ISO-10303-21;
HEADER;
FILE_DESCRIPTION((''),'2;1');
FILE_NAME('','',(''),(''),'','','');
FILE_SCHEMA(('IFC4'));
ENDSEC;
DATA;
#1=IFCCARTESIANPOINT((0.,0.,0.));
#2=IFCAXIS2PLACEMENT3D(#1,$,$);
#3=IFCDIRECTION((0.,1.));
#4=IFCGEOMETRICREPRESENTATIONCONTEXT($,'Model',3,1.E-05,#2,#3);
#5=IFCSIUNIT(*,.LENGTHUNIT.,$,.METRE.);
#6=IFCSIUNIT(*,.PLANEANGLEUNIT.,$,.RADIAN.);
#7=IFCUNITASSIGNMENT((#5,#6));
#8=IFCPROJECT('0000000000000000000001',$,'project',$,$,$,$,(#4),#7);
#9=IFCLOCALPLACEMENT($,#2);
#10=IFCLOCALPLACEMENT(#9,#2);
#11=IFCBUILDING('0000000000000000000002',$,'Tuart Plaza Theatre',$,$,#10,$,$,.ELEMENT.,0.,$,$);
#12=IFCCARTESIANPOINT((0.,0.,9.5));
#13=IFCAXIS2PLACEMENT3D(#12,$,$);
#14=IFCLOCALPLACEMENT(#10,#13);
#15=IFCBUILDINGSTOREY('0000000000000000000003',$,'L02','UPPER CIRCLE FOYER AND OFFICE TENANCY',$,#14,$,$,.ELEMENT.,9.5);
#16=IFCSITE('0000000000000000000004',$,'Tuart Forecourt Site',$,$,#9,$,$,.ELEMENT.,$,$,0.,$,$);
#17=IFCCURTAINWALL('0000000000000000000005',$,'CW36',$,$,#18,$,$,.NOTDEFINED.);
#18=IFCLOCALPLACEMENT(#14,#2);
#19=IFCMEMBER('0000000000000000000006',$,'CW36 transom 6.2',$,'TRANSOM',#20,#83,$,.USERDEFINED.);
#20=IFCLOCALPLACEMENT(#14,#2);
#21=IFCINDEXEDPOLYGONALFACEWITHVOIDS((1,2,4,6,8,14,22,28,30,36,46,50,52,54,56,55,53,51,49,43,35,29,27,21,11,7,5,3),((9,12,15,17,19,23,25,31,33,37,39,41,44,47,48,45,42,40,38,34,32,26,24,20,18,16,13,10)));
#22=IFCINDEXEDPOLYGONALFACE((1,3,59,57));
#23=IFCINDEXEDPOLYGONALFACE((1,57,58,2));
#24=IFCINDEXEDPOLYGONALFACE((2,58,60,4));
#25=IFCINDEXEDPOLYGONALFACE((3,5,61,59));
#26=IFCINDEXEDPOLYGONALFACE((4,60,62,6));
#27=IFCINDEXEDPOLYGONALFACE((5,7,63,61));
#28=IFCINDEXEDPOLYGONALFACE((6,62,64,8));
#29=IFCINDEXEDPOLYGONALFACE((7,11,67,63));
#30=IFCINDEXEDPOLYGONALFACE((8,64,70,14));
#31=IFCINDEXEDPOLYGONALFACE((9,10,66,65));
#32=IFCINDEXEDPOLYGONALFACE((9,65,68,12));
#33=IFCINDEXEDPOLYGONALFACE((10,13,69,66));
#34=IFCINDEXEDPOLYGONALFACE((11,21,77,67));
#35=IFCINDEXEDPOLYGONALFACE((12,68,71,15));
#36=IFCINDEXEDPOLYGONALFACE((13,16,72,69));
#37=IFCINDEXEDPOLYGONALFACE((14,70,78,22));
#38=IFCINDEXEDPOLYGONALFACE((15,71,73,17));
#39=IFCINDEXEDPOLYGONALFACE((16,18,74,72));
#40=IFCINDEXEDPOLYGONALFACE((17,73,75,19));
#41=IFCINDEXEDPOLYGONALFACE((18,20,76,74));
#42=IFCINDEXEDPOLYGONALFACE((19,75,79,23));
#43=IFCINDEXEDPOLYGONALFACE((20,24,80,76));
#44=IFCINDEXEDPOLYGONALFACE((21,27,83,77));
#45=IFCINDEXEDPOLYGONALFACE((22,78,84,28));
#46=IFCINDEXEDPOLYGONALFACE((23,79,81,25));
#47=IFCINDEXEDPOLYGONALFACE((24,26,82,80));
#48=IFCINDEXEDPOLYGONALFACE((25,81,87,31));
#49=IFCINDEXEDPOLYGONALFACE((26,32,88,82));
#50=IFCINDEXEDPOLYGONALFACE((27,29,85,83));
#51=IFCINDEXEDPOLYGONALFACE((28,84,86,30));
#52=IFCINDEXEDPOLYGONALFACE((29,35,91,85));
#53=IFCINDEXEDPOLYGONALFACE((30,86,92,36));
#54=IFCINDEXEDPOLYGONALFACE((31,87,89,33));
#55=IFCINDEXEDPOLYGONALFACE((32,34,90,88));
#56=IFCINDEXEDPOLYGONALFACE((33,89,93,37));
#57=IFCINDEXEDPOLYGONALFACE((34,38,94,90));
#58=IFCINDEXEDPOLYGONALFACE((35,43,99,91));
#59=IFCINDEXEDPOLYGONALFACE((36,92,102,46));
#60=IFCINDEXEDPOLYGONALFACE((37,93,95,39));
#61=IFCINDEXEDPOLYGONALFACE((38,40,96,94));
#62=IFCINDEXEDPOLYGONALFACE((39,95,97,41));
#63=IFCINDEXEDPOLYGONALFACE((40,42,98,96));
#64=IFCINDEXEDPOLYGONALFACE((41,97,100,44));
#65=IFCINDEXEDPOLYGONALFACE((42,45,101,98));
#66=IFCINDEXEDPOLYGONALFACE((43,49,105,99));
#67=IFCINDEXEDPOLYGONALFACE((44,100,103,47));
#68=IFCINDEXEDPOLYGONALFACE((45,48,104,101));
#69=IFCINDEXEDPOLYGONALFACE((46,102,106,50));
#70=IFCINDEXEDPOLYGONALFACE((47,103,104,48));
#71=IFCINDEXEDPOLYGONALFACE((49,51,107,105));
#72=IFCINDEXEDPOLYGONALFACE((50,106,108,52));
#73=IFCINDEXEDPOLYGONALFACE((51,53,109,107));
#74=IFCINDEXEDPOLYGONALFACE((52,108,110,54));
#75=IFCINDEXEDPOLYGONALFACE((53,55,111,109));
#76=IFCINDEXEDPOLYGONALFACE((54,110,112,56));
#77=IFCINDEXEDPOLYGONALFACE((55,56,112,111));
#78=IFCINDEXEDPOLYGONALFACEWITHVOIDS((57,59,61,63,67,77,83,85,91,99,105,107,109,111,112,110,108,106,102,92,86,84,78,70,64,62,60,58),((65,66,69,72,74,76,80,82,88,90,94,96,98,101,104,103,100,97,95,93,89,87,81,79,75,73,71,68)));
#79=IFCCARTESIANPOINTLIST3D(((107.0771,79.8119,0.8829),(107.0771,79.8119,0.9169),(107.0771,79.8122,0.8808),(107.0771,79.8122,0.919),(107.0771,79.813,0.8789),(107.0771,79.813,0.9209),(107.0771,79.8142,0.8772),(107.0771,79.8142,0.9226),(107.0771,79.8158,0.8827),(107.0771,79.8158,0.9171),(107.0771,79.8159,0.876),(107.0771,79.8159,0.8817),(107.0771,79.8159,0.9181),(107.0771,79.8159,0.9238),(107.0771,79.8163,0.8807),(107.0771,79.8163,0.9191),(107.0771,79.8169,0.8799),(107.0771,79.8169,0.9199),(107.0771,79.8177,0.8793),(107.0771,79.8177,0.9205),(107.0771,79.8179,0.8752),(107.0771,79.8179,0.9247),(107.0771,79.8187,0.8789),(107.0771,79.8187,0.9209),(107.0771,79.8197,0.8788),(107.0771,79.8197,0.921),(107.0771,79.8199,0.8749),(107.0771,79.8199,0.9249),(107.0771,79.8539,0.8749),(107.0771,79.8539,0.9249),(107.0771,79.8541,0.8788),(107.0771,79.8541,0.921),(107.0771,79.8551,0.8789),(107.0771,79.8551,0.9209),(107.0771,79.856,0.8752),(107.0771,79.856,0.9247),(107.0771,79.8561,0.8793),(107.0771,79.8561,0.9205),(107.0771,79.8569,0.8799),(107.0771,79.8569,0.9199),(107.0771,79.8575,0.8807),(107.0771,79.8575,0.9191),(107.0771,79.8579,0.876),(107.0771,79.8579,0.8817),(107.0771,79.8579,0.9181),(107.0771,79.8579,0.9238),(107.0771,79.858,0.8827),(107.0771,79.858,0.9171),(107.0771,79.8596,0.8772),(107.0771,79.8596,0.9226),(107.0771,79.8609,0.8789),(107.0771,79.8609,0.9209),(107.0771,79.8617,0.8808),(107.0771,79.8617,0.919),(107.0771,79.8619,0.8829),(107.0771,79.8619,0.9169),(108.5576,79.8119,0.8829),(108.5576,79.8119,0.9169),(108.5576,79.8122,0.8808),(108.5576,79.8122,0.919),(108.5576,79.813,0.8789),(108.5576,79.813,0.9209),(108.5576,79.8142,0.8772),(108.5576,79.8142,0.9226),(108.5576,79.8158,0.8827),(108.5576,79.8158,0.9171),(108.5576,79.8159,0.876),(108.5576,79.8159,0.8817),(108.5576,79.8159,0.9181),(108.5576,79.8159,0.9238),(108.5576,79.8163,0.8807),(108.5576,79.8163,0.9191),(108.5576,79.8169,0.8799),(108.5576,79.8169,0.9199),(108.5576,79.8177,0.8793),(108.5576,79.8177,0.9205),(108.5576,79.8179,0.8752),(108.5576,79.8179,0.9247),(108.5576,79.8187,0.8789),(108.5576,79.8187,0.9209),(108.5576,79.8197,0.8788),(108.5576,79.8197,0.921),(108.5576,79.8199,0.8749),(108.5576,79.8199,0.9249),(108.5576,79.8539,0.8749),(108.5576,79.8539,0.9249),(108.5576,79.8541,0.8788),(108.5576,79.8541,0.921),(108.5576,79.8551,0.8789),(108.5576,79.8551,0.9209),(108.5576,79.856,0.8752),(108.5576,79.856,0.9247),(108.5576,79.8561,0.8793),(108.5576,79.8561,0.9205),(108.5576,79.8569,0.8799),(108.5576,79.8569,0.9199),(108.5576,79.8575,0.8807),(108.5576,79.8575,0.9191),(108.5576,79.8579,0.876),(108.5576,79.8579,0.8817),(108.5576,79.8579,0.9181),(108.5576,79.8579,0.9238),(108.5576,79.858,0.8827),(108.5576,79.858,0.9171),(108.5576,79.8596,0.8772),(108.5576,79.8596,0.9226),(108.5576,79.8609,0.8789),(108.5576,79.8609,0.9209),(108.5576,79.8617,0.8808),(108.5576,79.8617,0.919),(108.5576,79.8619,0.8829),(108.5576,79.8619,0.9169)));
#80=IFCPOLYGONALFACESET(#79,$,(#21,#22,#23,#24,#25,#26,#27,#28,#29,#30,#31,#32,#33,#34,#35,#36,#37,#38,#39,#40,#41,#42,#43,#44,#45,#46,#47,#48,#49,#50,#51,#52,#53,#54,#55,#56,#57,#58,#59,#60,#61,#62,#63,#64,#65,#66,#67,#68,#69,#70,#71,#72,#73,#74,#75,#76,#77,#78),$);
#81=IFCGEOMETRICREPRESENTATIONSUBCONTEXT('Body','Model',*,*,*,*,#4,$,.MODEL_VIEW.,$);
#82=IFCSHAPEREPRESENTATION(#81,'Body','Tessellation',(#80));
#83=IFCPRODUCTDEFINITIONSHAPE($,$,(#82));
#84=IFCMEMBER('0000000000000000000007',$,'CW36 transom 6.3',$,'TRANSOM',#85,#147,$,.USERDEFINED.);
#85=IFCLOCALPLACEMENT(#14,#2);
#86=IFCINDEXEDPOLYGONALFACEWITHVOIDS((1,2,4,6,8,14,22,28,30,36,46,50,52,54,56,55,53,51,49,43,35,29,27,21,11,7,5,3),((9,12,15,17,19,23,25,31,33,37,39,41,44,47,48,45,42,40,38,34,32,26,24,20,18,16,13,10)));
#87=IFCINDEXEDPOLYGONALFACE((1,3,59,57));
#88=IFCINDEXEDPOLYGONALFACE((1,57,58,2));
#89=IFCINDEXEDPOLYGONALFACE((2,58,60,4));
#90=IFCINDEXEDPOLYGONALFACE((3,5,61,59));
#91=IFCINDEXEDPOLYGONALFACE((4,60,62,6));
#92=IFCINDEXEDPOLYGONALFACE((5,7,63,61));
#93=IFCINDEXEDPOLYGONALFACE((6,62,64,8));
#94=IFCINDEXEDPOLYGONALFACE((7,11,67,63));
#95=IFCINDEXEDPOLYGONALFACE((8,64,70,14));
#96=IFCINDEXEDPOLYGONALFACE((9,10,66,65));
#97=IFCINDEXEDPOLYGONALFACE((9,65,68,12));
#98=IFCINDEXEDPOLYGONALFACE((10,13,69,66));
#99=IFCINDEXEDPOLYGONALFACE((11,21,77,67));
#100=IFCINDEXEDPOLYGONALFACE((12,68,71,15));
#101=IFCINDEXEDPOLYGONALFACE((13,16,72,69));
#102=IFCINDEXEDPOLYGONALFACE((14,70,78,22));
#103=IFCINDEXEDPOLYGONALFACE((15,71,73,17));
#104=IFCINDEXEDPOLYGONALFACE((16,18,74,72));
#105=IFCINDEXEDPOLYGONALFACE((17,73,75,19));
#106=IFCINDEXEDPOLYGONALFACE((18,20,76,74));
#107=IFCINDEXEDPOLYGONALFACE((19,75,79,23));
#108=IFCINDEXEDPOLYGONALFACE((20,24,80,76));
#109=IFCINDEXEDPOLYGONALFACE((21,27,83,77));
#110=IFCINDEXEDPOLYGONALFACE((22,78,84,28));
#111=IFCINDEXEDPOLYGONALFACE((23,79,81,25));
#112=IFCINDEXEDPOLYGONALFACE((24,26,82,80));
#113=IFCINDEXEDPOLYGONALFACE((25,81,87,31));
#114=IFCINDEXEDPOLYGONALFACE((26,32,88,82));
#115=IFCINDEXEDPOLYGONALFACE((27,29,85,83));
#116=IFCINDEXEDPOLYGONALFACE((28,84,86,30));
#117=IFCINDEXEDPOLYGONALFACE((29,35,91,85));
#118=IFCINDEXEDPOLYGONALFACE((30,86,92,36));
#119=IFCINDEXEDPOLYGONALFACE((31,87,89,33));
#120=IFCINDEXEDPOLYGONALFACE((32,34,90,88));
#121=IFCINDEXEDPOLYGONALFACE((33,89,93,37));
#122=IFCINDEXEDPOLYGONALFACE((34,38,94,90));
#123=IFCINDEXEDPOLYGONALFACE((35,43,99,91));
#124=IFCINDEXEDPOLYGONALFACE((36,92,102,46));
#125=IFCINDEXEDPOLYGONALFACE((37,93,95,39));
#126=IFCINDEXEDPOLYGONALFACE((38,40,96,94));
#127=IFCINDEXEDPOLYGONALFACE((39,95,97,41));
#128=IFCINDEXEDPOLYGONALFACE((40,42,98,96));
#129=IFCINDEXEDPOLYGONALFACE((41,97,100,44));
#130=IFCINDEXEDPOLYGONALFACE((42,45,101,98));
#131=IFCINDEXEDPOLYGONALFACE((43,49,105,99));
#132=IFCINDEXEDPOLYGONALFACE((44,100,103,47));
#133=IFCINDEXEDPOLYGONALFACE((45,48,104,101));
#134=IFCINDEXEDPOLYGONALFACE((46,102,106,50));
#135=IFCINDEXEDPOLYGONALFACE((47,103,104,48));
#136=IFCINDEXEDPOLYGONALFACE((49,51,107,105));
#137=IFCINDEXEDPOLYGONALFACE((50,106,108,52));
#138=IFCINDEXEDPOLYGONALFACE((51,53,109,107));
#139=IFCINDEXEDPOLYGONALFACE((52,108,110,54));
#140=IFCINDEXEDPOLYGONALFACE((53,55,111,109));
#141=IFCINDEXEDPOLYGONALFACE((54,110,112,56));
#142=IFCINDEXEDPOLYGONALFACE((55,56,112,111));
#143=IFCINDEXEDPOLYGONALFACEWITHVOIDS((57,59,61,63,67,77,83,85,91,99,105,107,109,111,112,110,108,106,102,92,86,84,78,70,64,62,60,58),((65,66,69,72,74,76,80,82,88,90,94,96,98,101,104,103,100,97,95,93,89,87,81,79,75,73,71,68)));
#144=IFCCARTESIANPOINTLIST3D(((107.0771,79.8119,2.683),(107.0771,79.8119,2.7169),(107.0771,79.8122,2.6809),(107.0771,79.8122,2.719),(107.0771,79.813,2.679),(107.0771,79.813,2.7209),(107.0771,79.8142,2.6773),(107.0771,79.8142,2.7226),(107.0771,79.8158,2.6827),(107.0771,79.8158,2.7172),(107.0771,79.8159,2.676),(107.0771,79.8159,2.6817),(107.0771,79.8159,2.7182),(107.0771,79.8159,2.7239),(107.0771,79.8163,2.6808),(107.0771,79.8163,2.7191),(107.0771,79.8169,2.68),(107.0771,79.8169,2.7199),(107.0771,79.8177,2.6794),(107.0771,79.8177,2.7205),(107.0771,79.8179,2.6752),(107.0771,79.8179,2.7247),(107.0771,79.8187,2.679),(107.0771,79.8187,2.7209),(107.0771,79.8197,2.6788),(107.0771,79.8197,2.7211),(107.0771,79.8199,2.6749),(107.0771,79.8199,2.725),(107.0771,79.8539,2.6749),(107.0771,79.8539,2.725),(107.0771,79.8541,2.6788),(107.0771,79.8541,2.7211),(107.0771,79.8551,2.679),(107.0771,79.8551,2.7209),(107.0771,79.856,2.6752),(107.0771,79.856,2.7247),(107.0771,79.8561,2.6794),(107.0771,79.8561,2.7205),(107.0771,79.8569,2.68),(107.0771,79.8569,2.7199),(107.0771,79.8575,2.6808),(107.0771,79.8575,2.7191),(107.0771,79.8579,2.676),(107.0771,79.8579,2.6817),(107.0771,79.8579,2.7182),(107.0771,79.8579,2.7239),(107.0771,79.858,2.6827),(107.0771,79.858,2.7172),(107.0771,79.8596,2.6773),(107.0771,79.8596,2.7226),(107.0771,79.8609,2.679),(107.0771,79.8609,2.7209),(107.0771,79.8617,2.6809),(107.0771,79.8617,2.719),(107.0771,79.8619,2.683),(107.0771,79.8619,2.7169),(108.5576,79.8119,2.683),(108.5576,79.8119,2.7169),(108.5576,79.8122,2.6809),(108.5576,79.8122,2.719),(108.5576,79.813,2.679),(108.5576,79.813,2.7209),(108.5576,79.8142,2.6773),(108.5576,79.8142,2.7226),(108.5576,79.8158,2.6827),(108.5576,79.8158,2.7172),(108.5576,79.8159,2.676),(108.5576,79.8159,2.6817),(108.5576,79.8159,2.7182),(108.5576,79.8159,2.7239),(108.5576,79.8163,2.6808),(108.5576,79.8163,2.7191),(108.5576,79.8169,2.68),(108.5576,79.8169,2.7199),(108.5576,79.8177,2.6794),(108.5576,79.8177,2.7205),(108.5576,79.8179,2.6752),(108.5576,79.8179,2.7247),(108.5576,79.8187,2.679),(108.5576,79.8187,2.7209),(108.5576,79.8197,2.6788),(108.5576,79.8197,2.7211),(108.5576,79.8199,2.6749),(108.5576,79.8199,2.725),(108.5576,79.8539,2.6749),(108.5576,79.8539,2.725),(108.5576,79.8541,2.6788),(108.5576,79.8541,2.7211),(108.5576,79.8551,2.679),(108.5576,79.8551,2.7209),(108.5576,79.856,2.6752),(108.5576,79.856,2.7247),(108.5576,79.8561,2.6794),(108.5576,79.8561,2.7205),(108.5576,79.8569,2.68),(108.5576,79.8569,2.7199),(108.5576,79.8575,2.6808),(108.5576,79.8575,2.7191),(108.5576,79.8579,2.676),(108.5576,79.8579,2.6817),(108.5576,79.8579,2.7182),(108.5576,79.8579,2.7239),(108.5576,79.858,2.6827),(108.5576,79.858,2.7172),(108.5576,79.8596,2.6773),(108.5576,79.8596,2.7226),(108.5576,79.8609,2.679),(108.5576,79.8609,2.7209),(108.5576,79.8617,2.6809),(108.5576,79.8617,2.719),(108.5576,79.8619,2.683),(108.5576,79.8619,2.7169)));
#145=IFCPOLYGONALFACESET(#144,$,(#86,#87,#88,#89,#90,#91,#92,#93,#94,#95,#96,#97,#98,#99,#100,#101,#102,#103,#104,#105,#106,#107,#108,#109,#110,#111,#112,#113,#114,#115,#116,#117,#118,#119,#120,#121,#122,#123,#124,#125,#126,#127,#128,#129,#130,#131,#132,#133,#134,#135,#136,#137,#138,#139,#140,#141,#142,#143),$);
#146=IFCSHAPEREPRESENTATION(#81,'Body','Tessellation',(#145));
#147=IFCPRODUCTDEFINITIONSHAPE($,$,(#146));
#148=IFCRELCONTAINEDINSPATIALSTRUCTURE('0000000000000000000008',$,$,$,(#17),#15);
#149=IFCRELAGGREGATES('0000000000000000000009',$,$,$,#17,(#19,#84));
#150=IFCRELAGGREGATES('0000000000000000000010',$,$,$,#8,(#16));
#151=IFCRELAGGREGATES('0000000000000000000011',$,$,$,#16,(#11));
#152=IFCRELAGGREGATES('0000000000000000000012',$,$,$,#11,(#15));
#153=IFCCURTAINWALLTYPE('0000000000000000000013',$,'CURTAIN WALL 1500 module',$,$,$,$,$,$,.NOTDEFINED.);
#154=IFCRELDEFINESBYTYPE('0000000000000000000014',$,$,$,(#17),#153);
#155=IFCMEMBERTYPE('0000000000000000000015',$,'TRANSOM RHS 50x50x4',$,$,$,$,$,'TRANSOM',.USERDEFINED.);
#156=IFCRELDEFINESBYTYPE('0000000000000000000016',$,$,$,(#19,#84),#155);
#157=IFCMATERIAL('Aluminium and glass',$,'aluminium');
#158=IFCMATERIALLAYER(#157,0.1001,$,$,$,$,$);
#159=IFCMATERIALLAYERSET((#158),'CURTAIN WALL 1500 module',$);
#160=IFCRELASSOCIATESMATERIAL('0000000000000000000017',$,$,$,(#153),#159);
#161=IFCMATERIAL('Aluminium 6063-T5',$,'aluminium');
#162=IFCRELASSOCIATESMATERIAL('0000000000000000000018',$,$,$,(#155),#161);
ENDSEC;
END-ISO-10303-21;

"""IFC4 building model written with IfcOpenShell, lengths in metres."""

from ifc_helpers import new_model, si_unit, direction, frame, origin, origin_2d, place, context, subcontext, project, spatial, hollow_rectangle, extrude, material, layer, layer_set, material_profile, profile_set, type_object, element, aggregate, save


model = new_model("IFC4")

# Units and contexts
model_context = context("Model", 3, precision=1e-05, world=origin(), true_north=direction((0.0, 1.0)))
body_context = subcontext(model_context, "Body", "Model", "MODEL_VIEW")
ifc_project = project(units=[si_unit("LENGTHUNIT", "METRE"), si_unit("PLANEANGLEUNIT", "RADIAN")], contexts=[model_context])

# Site, building, storey
site_placement = place(None, origin())
site = spatial("IfcSite", under=ifc_project, at=site_placement, Name="Tuart Forecourt Site", CompositionType="ELEMENT", RefElevation=0.0)
building_placement = place(site_placement, origin())
building = spatial("IfcBuilding", under=site, at=building_placement, Name="Tuart Plaza Theatre", CompositionType="ELEMENT", ElevationOfRefHeight=0.0)
storey_placement = place(building_placement, frame((0.0, 0.0, 9.5)))
storey = spatial("IfcBuildingStorey", under=building, at=storey_placement, Name="L02", Description="UPPER CIRCLE FOYER AND OFFICE TENANCY", CompositionType="ELEMENT", Elevation=9.5)

# Curtain wall, members
ifc_material_1 = material(Name="Aluminium and glass", Category="aluminium")
ifc_layer_1 = layer(ifc_material_1, 0.1001)
ifc_layer_set_1 = layer_set([ifc_layer_1], Name="CURTAIN WALL 1500 module")
curtain_wall_type = type_object("IfcCurtainWallType", Name="CURTAIN WALL 1500 module", PredefinedType="NOTDEFINED", material=ifc_layer_set_1)
curtain_wall_placement = place(storey_placement, origin())
curtain_wall = element("IfcCurtainWall", 1, at=curtain_wall_placement, inside=storey, type_object=curtain_wall_type, Name="CW36", PredefinedType="NOTDEFINED")
ifc_material_2 = material(Name="Aluminium 6063-T5", Category="aluminium")
ifc_material_profile_1 = material_profile(ifc_material_2, hollow_rectangle(XDim=0.05, YDim=0.05, WallThickness=0.0039, InnerFilletRadius=0.0039, OuterFilletRadius=0.0081, at=origin_2d()), Name="RHS 50x50x4")
ifc_profile_set_1 = profile_set([ifc_material_profile_1], Name="Aluminium 6063-T5")
member_type_1 = type_object("IfcMemberType", Name="TRANSOM RHS 50x50x4", ElementType="TRANSOM", PredefinedType="USERDEFINED", material=ifc_profile_set_1)
member_1_placement = place(storey_placement, frame((107.0771, 79.8369, 0.8999), z_axis=(1.0, 0.0, 0.0), x_axis=(0.0, 1.0, 0.0)))
member_1 = element("IfcMember", 2, at=member_1_placement, type_object=member_type_1, Name="CW36 transom 6.2", ObjectType="TRANSOM", PredefinedType="USERDEFINED", context=body_context, shape_type="SweptSolid", body=[
    extrude(hollow_rectangle(XDim=0.05, YDim=0.05, WallThickness=0.0039, InnerFilletRadius=0.0039, OuterFilletRadius=0.0081, at=origin_2d()), origin(), (0.0, 0.0, 1.0), 1.4805),
])
member_2_placement = place(storey_placement, frame((107.0771, 79.8369, 2.7), z_axis=(1.0, 0.0, 0.0), x_axis=(0.0, 1.0, 0.0)))
member_2 = element("IfcMember", 3, at=member_2_placement, type_object=member_type_1, Name="CW36 transom 6.3", ObjectType="TRANSOM", PredefinedType="USERDEFINED", context=body_context, shape_type="SweptSolid", body=[
    extrude(hollow_rectangle(XDim=0.05, YDim=0.05, WallThickness=0.0039, InnerFilletRadius=0.0039, OuterFilletRadius=0.0081, at=origin_2d()), origin(), (0.0, 0.0, 1.0), 1.4805),
])
aggregate(curtain_wall, [member_1, member_2])

save(model, "model.ifc")
